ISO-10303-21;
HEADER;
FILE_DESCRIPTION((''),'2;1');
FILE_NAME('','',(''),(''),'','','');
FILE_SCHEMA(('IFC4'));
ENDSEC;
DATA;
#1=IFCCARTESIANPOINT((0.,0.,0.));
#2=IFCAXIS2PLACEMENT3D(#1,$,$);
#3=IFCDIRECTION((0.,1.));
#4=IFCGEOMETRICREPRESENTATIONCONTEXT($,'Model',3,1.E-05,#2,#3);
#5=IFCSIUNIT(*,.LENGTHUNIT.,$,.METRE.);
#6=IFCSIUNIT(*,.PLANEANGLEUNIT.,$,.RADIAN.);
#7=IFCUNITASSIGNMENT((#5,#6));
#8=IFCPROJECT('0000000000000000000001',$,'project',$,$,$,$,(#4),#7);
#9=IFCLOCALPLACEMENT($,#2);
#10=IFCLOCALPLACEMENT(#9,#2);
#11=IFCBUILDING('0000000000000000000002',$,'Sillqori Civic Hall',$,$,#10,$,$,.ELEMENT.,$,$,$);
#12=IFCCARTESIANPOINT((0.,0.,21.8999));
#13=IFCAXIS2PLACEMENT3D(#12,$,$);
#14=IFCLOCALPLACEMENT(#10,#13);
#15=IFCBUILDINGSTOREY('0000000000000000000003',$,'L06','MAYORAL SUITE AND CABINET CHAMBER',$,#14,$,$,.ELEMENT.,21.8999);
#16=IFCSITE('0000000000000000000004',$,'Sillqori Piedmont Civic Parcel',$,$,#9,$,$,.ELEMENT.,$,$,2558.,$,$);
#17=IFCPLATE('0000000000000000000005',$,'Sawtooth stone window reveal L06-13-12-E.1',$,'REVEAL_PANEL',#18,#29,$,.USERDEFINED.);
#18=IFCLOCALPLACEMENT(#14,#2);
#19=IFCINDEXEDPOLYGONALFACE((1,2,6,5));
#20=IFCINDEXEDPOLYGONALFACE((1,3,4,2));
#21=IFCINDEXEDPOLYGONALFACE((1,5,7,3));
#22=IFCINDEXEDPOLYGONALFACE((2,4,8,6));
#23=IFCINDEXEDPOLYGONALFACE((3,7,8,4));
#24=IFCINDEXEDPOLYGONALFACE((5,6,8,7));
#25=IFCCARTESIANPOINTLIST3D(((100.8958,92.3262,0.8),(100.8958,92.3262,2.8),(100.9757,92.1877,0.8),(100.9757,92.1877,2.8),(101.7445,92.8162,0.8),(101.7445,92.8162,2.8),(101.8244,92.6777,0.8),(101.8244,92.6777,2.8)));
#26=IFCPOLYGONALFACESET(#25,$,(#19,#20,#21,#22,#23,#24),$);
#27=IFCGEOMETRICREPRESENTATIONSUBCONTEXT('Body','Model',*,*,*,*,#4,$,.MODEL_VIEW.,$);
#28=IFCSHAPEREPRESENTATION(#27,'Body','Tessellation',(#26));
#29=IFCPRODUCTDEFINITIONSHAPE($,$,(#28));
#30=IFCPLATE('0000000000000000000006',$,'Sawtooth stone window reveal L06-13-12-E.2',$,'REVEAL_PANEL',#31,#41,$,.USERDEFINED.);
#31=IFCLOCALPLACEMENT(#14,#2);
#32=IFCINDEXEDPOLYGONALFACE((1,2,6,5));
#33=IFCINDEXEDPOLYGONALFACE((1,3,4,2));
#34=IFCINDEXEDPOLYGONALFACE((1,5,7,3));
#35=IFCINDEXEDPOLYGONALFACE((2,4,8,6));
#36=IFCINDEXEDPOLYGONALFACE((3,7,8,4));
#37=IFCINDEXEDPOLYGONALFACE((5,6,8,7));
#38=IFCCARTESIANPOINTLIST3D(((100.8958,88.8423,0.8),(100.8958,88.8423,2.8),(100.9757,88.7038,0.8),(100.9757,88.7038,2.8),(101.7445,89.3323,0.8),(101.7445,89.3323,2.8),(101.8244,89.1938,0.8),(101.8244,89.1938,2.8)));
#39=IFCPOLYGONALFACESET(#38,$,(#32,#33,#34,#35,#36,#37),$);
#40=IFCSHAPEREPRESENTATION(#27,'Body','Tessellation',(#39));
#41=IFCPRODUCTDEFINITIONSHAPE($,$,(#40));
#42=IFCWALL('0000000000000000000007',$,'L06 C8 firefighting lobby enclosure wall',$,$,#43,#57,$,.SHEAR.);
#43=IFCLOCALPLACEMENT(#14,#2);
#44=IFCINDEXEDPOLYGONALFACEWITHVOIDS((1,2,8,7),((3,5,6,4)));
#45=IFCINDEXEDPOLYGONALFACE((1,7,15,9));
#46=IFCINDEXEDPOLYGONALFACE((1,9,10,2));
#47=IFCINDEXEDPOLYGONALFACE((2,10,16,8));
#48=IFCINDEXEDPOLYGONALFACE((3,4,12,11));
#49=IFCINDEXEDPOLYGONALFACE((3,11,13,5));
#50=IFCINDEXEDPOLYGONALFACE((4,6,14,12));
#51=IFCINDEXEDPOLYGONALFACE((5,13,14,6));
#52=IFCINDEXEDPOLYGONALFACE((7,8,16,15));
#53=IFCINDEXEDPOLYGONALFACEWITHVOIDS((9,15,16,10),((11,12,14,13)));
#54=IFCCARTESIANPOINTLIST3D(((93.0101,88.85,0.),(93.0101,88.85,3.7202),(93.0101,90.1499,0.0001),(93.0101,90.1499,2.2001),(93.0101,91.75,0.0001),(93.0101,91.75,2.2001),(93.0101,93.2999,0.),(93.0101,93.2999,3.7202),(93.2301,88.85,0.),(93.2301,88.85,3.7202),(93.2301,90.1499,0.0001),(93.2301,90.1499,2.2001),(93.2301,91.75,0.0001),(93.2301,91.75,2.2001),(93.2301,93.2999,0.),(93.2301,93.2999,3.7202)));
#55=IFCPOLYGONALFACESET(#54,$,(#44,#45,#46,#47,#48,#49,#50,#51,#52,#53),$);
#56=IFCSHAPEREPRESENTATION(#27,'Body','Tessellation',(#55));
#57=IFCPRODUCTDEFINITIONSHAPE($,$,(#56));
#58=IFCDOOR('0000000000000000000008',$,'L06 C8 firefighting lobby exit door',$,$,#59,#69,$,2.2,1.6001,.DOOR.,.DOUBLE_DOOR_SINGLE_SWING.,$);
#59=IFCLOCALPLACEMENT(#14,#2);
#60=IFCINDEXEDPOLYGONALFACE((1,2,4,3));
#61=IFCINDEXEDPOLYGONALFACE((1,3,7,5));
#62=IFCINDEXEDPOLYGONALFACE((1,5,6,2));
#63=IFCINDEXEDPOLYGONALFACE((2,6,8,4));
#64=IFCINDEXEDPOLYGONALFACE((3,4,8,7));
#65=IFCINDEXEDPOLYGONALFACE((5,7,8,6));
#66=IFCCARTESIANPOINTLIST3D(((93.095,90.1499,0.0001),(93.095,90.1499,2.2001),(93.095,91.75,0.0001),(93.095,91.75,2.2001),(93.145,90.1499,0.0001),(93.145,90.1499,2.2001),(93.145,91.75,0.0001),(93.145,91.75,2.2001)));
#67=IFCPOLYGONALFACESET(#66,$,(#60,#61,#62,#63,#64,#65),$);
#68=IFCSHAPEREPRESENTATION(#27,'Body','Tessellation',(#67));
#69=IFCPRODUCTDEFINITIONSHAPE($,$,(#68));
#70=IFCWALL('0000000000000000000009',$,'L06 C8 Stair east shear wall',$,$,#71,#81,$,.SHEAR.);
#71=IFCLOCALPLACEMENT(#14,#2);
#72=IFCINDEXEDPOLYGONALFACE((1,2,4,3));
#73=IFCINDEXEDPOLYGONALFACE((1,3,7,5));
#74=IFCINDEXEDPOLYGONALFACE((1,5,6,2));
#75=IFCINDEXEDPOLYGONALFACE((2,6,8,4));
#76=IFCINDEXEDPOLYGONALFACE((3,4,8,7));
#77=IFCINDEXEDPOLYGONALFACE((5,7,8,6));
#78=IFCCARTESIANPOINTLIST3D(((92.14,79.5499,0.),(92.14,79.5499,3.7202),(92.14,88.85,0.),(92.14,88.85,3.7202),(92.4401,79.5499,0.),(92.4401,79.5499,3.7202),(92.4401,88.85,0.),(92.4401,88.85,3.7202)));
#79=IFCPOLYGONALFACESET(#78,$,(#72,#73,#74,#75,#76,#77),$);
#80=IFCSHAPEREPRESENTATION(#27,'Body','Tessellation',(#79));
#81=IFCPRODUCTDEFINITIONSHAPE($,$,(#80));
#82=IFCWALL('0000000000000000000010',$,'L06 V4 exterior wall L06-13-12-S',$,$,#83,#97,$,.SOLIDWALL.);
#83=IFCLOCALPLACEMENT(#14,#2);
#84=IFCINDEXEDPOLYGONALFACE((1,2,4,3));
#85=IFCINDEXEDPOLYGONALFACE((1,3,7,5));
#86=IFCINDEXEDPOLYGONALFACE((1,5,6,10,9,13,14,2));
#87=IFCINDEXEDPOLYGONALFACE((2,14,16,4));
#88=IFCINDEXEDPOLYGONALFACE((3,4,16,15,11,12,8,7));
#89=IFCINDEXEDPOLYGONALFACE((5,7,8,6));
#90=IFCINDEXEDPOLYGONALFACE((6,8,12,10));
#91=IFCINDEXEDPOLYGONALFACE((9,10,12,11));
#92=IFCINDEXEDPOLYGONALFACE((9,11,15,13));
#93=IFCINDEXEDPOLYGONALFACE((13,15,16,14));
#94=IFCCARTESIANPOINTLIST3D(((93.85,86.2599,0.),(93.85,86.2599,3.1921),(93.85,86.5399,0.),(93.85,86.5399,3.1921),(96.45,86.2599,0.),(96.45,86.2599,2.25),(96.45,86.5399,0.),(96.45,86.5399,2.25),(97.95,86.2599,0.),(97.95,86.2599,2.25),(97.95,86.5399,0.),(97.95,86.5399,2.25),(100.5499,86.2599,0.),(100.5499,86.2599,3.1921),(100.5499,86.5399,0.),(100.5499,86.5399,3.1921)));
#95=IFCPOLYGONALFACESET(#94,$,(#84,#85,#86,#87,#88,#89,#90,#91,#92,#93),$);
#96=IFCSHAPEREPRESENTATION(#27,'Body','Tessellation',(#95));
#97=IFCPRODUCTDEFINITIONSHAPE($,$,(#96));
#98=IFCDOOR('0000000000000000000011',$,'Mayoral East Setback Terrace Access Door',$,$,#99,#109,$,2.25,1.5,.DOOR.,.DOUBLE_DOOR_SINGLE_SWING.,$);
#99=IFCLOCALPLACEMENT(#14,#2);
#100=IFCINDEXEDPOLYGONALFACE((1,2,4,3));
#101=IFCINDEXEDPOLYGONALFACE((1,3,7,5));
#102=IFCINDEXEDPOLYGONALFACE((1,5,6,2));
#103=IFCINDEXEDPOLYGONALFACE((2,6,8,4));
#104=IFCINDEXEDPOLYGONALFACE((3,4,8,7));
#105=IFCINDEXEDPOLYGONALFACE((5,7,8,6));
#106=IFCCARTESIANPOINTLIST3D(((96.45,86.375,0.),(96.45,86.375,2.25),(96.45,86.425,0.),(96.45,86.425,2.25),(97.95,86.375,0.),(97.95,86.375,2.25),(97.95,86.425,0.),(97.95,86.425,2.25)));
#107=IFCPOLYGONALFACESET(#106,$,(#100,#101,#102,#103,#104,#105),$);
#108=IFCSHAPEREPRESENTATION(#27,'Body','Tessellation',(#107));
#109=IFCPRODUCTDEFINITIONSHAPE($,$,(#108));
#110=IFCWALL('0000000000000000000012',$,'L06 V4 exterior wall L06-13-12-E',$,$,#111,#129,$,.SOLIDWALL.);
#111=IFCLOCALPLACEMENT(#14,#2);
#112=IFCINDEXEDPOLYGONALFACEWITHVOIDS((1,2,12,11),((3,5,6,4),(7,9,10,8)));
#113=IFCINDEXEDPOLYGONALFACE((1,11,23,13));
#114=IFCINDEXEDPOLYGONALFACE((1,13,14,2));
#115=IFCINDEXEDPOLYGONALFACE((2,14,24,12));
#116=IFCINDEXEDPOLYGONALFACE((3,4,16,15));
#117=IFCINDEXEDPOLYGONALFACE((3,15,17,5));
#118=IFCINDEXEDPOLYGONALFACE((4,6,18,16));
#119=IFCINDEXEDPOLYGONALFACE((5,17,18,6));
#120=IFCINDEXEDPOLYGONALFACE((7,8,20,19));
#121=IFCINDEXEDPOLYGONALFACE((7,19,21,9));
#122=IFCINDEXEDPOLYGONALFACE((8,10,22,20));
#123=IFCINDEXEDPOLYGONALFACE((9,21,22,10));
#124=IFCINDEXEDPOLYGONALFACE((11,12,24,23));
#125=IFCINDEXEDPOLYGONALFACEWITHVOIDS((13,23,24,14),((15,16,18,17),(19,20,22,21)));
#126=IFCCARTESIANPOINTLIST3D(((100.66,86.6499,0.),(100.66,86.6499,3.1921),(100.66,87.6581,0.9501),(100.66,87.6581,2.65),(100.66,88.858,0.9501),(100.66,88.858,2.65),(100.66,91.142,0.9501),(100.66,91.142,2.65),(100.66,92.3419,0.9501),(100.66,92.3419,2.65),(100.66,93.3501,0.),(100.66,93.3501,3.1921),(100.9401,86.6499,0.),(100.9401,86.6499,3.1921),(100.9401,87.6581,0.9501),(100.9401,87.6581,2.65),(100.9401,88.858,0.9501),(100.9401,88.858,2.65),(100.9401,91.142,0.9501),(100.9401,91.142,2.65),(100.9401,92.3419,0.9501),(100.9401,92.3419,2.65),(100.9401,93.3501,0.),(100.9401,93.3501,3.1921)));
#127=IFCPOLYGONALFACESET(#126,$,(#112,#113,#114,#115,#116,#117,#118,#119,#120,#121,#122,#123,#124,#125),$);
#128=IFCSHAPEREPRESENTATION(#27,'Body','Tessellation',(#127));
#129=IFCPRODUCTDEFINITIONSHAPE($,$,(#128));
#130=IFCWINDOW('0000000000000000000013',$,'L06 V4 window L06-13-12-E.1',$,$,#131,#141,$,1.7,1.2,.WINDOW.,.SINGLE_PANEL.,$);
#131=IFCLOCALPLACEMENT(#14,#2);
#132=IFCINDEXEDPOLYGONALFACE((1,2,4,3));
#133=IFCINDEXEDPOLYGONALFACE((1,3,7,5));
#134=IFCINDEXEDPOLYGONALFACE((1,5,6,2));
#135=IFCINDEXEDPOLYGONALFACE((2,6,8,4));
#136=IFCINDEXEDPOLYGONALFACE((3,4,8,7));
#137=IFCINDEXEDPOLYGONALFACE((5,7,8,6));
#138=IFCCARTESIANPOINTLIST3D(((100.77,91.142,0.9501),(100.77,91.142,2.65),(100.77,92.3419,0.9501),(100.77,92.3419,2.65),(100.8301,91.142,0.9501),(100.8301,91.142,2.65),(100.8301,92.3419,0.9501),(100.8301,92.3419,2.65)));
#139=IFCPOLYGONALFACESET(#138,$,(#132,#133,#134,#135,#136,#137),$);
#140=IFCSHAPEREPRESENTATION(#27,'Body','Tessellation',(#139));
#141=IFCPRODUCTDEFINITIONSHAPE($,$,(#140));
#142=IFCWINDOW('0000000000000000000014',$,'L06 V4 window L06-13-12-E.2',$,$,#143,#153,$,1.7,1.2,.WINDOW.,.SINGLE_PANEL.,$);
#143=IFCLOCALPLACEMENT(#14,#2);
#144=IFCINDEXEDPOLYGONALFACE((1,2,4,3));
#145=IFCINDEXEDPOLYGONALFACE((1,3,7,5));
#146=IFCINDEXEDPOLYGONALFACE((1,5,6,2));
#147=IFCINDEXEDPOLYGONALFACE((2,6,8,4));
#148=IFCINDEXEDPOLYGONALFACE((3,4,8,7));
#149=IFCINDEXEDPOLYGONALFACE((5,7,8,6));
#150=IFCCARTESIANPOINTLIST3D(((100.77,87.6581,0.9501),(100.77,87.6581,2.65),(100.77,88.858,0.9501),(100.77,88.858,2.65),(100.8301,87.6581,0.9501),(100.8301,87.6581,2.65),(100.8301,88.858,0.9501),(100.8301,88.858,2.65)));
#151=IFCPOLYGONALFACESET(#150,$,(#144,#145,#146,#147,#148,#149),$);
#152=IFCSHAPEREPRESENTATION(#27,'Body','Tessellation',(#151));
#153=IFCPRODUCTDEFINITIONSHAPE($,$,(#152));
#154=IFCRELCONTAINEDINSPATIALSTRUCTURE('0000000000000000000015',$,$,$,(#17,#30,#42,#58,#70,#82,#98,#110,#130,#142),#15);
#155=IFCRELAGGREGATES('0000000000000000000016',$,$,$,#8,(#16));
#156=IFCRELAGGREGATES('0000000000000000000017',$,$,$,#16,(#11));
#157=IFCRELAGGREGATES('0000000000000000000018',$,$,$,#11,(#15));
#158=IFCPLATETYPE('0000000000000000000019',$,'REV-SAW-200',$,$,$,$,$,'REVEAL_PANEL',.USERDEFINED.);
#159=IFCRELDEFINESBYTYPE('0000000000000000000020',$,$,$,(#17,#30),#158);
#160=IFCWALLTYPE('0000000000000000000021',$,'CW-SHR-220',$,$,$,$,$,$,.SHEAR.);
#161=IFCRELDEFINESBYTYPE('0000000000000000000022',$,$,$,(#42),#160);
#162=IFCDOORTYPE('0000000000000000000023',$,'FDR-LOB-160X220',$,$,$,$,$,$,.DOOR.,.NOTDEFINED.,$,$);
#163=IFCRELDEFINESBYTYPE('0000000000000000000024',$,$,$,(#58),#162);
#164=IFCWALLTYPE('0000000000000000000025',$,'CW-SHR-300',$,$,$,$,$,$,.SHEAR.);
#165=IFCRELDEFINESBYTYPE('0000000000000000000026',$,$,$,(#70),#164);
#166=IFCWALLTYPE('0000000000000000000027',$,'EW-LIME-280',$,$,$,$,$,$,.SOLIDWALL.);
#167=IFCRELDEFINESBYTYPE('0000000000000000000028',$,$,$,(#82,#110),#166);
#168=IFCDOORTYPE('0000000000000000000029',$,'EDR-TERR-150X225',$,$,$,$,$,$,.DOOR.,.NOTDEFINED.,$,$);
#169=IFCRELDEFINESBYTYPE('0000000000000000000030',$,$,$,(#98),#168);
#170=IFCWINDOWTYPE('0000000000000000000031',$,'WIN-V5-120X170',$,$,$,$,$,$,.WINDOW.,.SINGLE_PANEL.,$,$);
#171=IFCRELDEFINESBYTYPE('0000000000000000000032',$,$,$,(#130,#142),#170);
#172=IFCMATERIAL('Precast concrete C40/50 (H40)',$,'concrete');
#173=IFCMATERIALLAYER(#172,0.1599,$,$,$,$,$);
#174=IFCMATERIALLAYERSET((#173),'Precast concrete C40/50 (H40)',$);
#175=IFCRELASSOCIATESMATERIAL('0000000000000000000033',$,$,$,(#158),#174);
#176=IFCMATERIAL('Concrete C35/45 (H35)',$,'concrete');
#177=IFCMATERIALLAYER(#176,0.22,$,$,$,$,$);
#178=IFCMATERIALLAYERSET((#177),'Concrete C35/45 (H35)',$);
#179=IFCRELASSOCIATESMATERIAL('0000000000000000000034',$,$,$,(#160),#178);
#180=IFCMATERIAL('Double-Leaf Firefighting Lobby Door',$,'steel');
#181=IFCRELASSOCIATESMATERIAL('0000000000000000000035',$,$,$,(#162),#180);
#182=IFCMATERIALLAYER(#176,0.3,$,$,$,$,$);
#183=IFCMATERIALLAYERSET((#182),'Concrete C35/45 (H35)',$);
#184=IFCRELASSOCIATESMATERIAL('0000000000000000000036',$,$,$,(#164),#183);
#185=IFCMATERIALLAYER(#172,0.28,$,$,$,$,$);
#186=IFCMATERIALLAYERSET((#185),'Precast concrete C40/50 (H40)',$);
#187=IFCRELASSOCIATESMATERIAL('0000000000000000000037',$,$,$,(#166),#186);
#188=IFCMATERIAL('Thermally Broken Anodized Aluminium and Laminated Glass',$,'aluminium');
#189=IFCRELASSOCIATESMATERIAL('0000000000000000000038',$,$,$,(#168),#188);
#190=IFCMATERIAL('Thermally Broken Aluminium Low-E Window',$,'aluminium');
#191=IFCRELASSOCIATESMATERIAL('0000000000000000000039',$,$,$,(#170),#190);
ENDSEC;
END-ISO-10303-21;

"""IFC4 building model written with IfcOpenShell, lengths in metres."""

from ifc_helpers import new_model, si_unit, direction, frame, frame_2d, origin, origin_2d, place, context, subcontext, project, spatial, rectangle, extrude, material, layer, layer_set, type_object, element, fill, save


model = new_model("IFC4")

# Units and contexts
model_context = context("Model", 3, precision=1e-05, world=origin(), true_north=direction((0.0, 1.0)))
body_context = subcontext(model_context, "Body", "Model", "MODEL_VIEW")
ifc_project = project(units=[si_unit("LENGTHUNIT", "METRE"), si_unit("PLANEANGLEUNIT", "RADIAN")], contexts=[model_context])

# Site, building, storey
site_placement = place(None, origin())
site = spatial("IfcSite", under=ifc_project, at=site_placement, Name="Sillqori Piedmont Civic Parcel", CompositionType="ELEMENT", RefElevation=2558.0)
building_placement = place(site_placement, origin())
building = spatial("IfcBuilding", under=site, at=building_placement, Name="Sillqori Civic Hall", CompositionType="ELEMENT")
storey_placement = place(building_placement, frame((0.0, 0.0, 21.8999)))
storey = spatial("IfcBuildingStorey", under=building, at=storey_placement, Name="L06", Description="MAYORAL SUITE AND CABINET CHAMBER", CompositionType="ELEMENT", Elevation=21.8999)

# Shared definitions
ifc_material_1 = material(Name="Concrete C35/45 (H35)", Category="concrete")

# Plates
ifc_material_2 = material(Name="Precast concrete C40/50 (H40)", Category="concrete")
ifc_layer_1 = layer(ifc_material_2, 0.1599)
ifc_layer_set_1 = layer_set([ifc_layer_1], Name="Precast concrete C40/50 (H40)")
plate_type = type_object("IfcPlateType", Name="REV-SAW-200", ElementType="REVEAL_PANEL", PredefinedType="USERDEFINED", material=ifc_layer_set_1)
for number, where, z_axis, x_axis, name in (
    (1, (101.3601, 92.502, 0.8), (0.0, 0.0, 1.0), (0.5, -0.866025, 0.0), "Sawtooth stone window reveal L06-13-12-E.1"),
    (2, (101.3601, 89.0181, 0.8), (0.0, 0.0, 1.0), (0.5, -0.866025, 0.0), "Sawtooth stone window reveal L06-13-12-E.2"),
):
    element("IfcPlate", number, at=place(storey_placement, frame(where, z_axis=z_axis, x_axis=x_axis)), inside=storey, type_object=plate_type, Name=name, ObjectType="REVEAL_PANEL", PredefinedType="USERDEFINED", context=body_context, shape_type="SweptSolid", body=[
        extrude(rectangle(XDim=0.1599, YDim=0.98, at=origin_2d()), origin(), (0.0, 0.0, 1.0), 2.0),
    ])

# Wall, opening, door
ifc_layer_2 = layer(ifc_material_1, 0.22)
ifc_layer_set_2 = layer_set([ifc_layer_2], Name="Concrete C35/45 (H35)")
wall_type_1 = type_object("IfcWallType", Name="CW-SHR-220", PredefinedType="SHEAR", material=ifc_layer_set_2)
wall_1_placement = place(storey_placement, frame((93.1201, 93.3, 0.0), z_axis=(0.0, 0.0, 1.0), x_axis=(0.0, -1.0, 0.0)))
wall_1 = element("IfcWall", 3, at=wall_1_placement, inside=storey, type_object=wall_type_1, Name="L06 C8 firefighting lobby enclosure wall", PredefinedType="SHEAR", context=body_context, shape_type="SweptSolid", body=[
    extrude(rectangle(XDim=4.45, YDim=0.22, at=frame_2d((2.2251, 0.0))), origin(), (0.0, 0.0, 1.0), 3.7202),
])
opening_1_placement = place(wall_1_placement, frame((1.55, 0.0, 0.0)))
opening_1 = element("IfcOpeningElement", 4, at=opening_1_placement, cuts=wall_1, PredefinedType="OPENING", context=body_context, shape_type="SweptSolid", body=[
    extrude(rectangle(XDim=1.6001, YDim=2.2, at=frame_2d((0.8, 1.1001))), frame((0.0, 0.1199, 0.0), z_axis=(0.0, -1.0, 0.0), x_axis=(1.0, 0.0, 0.0)), (0.0, 0.0, 1.0), 0.24),
])
ifc_material_3 = material(Name="Double-Leaf Firefighting Lobby Door", Category="steel")
door_type_1 = type_object("IfcDoorType", Name="FDR-LOB-160X220", OperationType="NOTDEFINED", PredefinedType="DOOR", material=ifc_material_3)
door_1_placement = place(opening_1_placement, origin())
door_1 = element("IfcDoor", 5, at=door_1_placement, inside=storey, type_object=door_type_1, Name="L06 C8 firefighting lobby exit door", OperationType="DOUBLE_DOOR_SINGLE_SWING", OverallHeight=2.2, OverallWidth=1.6001, PredefinedType="DOOR", context=body_context, shape_type="SweptSolid", body=[
    extrude(rectangle(XDim=1.6001, YDim=2.2, at=frame_2d((0.8, 1.1001))), frame((0.0, 0.0249, 0.0), z_axis=(0.0, -1.0, 0.0), x_axis=(1.0, 0.0, 0.0)), (0.0, 0.0, 1.0), 0.05),
])
fill(opening_1, door_1)

# Wall
ifc_layer_3 = layer(ifc_material_1, 0.3)
ifc_layer_set_3 = layer_set([ifc_layer_3], Name="Concrete C35/45 (H35)")
wall_type_2 = type_object("IfcWallType", Name="CW-SHR-300", PredefinedType="SHEAR", material=ifc_layer_set_3)
wall_2_placement = place(storey_placement, frame((92.29, 79.55, 0.0), z_axis=(0.0, 0.0, 1.0), x_axis=(0.0, 1.0, 0.0)))
element("IfcWall", 6, at=wall_2_placement, inside=storey, type_object=wall_type_2, Name="L06 C8 Stair east shear wall", PredefinedType="SHEAR", context=body_context, shape_type="SweptSolid", body=[
    extrude(rectangle(XDim=9.3, YDim=0.3, at=frame_2d((4.6499, 0.0))), origin(), (0.0, 0.0, 1.0), 3.7202),
])

# Wall, opening, door
ifc_layer_4 = layer(ifc_material_2, 0.28)
ifc_layer_set_4 = layer_set([ifc_layer_4], Name="Precast concrete C40/50 (H40)")
wall_type_3 = type_object("IfcWallType", Name="EW-LIME-280", PredefinedType="SOLIDWALL", material=ifc_layer_set_4)
wall_3_placement = place(storey_placement, frame((100.55, 86.3999, 0.0), z_axis=(0.0, 0.0, 1.0), x_axis=(-1.0, 0.0, 0.0)))
wall_3 = element("IfcWall", 7, at=wall_3_placement, inside=storey, type_object=wall_type_3, Name="L06 V4 exterior wall L06-13-12-S", PredefinedType="SOLIDWALL", context=body_context, shape_type="SweptSolid", body=[
    extrude(rectangle(XDim=6.7, YDim=0.28, at=frame_2d((3.3501, 0.0))), origin(), (0.0, 0.0, 1.0), 3.1921),
])
opening_2_placement = place(wall_3_placement, frame((2.6001, 0.0, 0.0)))
opening_2 = element("IfcOpeningElement", 8, at=opening_2_placement, cuts=wall_3, PredefinedType="OPENING", context=body_context, shape_type="SweptSolid", body=[
    extrude(rectangle(XDim=1.5, YDim=2.25, at=frame_2d((0.75, 1.125))), frame((0.0, 0.1499, 0.0), z_axis=(0.0, -1.0, 0.0), x_axis=(1.0, 0.0, 0.0)), (0.0, 0.0, 1.0), 0.3),
])
ifc_material_4 = material(Name="Thermally Broken Anodized Aluminium and Laminated Glass", Category="aluminium")
door_type_2 = type_object("IfcDoorType", Name="EDR-TERR-150X225", OperationType="NOTDEFINED", PredefinedType="DOOR", material=ifc_material_4)
door_2_placement = place(opening_2_placement, origin())
door_2 = element("IfcDoor", 9, at=door_2_placement, inside=storey, type_object=door_type_2, Name="Mayoral East Setback Terrace Access Door", OperationType="DOUBLE_DOOR_SINGLE_SWING", OverallHeight=2.25, OverallWidth=1.5, PredefinedType="DOOR", context=body_context, shape_type="SweptSolid", body=[
    extrude(rectangle(XDim=1.5, YDim=2.25, at=frame_2d((0.75, 1.125))), frame((0.0, 0.0249, 0.0), z_axis=(0.0, -1.0, 0.0), x_axis=(1.0, 0.0, 0.0)), (0.0, 0.0, 1.0), 0.05),
])
fill(opening_2, door_2)

# Wall, openings, windows
wall_4_placement = place(storey_placement, frame((100.8, 93.3501, 0.0), z_axis=(0.0, 0.0, 1.0), x_axis=(0.0, -1.0, 0.0)))
wall_4 = element("IfcWall", 10, at=wall_4_placement, inside=storey, type_object=wall_type_3, Name="L06 V4 exterior wall L06-13-12-E", PredefinedType="SOLIDWALL", context=body_context, shape_type="SweptSolid", body=[
    extrude(rectangle(XDim=6.7002, YDim=0.28, at=frame_2d((3.3501, 0.0))), origin(), (0.0, 0.0, 1.0), 3.1921),
])
opening_3_placement = place(wall_4_placement, frame((1.0081, 0.0, 0.95)))
opening_3 = element("IfcOpeningElement", 11, at=opening_3_placement, cuts=wall_4, PredefinedType="OPENING", context=body_context, shape_type="SweptSolid", body=[
    extrude(rectangle(XDim=1.2, YDim=1.7, at=frame_2d((0.6001, 0.8501))), frame((0.0, 0.1499, 0.0), z_axis=(0.0, -1.0, 0.0), x_axis=(1.0, 0.0, 0.0)), (0.0, 0.0, 1.0), 0.3),
])
opening_4_placement = place(wall_4_placement, frame((4.4919, 0.0, 0.95)))
opening_4 = element("IfcOpeningElement", 12, at=opening_4_placement, cuts=wall_4, PredefinedType="OPENING", context=body_context, shape_type="SweptSolid", body=[
    extrude(rectangle(XDim=1.2, YDim=1.7, at=frame_2d((0.6001, 0.8501))), frame((0.0, 0.1499, 0.0), z_axis=(0.0, -1.0, 0.0), x_axis=(1.0, 0.0, 0.0)), (0.0, 0.0, 1.0), 0.3),
])
ifc_material_5 = material(Name="Thermally Broken Aluminium Low-E Window", Category="aluminium")
window_type = type_object("IfcWindowType", Name="WIN-V5-120X170", PartitioningType="SINGLE_PANEL", PredefinedType="WINDOW", material=ifc_material_5)
window_1_placement = place(opening_3_placement, origin())
window_1 = element("IfcWindow", 13, at=window_1_placement, inside=storey, type_object=window_type, Name="L06 V4 window L06-13-12-E.1", OverallHeight=1.7, OverallWidth=1.2, PartitioningType="SINGLE_PANEL", PredefinedType="WINDOW", context=body_context, shape_type="SweptSolid", body=[
    extrude(rectangle(XDim=1.2, YDim=1.7, at=frame_2d((0.6001, 0.8501))), frame((0.0, 0.03, 0.0), z_axis=(0.0, -1.0, 0.0), x_axis=(1.0, 0.0, 0.0)), (0.0, 0.0, 1.0), 0.0601),
])
fill(opening_3, window_1)
window_2_placement = place(opening_4_placement, origin())
window_2 = element("IfcWindow", 14, at=window_2_placement, inside=storey, type_object=window_type, Name="L06 V4 window L06-13-12-E.2", OverallHeight=1.7, OverallWidth=1.2, PartitioningType="SINGLE_PANEL", PredefinedType="WINDOW", context=body_context, shape_type="SweptSolid", body=[
    extrude(rectangle(XDim=1.2, YDim=1.7, at=frame_2d((0.6001, 0.8501))), frame((0.0, 0.03, 0.0), z_axis=(0.0, -1.0, 0.0), x_axis=(1.0, 0.0, 0.0)), (0.0, 0.0, 1.0), 0.0601),
])
fill(opening_4, window_2)

save(model, "model.ifc")
